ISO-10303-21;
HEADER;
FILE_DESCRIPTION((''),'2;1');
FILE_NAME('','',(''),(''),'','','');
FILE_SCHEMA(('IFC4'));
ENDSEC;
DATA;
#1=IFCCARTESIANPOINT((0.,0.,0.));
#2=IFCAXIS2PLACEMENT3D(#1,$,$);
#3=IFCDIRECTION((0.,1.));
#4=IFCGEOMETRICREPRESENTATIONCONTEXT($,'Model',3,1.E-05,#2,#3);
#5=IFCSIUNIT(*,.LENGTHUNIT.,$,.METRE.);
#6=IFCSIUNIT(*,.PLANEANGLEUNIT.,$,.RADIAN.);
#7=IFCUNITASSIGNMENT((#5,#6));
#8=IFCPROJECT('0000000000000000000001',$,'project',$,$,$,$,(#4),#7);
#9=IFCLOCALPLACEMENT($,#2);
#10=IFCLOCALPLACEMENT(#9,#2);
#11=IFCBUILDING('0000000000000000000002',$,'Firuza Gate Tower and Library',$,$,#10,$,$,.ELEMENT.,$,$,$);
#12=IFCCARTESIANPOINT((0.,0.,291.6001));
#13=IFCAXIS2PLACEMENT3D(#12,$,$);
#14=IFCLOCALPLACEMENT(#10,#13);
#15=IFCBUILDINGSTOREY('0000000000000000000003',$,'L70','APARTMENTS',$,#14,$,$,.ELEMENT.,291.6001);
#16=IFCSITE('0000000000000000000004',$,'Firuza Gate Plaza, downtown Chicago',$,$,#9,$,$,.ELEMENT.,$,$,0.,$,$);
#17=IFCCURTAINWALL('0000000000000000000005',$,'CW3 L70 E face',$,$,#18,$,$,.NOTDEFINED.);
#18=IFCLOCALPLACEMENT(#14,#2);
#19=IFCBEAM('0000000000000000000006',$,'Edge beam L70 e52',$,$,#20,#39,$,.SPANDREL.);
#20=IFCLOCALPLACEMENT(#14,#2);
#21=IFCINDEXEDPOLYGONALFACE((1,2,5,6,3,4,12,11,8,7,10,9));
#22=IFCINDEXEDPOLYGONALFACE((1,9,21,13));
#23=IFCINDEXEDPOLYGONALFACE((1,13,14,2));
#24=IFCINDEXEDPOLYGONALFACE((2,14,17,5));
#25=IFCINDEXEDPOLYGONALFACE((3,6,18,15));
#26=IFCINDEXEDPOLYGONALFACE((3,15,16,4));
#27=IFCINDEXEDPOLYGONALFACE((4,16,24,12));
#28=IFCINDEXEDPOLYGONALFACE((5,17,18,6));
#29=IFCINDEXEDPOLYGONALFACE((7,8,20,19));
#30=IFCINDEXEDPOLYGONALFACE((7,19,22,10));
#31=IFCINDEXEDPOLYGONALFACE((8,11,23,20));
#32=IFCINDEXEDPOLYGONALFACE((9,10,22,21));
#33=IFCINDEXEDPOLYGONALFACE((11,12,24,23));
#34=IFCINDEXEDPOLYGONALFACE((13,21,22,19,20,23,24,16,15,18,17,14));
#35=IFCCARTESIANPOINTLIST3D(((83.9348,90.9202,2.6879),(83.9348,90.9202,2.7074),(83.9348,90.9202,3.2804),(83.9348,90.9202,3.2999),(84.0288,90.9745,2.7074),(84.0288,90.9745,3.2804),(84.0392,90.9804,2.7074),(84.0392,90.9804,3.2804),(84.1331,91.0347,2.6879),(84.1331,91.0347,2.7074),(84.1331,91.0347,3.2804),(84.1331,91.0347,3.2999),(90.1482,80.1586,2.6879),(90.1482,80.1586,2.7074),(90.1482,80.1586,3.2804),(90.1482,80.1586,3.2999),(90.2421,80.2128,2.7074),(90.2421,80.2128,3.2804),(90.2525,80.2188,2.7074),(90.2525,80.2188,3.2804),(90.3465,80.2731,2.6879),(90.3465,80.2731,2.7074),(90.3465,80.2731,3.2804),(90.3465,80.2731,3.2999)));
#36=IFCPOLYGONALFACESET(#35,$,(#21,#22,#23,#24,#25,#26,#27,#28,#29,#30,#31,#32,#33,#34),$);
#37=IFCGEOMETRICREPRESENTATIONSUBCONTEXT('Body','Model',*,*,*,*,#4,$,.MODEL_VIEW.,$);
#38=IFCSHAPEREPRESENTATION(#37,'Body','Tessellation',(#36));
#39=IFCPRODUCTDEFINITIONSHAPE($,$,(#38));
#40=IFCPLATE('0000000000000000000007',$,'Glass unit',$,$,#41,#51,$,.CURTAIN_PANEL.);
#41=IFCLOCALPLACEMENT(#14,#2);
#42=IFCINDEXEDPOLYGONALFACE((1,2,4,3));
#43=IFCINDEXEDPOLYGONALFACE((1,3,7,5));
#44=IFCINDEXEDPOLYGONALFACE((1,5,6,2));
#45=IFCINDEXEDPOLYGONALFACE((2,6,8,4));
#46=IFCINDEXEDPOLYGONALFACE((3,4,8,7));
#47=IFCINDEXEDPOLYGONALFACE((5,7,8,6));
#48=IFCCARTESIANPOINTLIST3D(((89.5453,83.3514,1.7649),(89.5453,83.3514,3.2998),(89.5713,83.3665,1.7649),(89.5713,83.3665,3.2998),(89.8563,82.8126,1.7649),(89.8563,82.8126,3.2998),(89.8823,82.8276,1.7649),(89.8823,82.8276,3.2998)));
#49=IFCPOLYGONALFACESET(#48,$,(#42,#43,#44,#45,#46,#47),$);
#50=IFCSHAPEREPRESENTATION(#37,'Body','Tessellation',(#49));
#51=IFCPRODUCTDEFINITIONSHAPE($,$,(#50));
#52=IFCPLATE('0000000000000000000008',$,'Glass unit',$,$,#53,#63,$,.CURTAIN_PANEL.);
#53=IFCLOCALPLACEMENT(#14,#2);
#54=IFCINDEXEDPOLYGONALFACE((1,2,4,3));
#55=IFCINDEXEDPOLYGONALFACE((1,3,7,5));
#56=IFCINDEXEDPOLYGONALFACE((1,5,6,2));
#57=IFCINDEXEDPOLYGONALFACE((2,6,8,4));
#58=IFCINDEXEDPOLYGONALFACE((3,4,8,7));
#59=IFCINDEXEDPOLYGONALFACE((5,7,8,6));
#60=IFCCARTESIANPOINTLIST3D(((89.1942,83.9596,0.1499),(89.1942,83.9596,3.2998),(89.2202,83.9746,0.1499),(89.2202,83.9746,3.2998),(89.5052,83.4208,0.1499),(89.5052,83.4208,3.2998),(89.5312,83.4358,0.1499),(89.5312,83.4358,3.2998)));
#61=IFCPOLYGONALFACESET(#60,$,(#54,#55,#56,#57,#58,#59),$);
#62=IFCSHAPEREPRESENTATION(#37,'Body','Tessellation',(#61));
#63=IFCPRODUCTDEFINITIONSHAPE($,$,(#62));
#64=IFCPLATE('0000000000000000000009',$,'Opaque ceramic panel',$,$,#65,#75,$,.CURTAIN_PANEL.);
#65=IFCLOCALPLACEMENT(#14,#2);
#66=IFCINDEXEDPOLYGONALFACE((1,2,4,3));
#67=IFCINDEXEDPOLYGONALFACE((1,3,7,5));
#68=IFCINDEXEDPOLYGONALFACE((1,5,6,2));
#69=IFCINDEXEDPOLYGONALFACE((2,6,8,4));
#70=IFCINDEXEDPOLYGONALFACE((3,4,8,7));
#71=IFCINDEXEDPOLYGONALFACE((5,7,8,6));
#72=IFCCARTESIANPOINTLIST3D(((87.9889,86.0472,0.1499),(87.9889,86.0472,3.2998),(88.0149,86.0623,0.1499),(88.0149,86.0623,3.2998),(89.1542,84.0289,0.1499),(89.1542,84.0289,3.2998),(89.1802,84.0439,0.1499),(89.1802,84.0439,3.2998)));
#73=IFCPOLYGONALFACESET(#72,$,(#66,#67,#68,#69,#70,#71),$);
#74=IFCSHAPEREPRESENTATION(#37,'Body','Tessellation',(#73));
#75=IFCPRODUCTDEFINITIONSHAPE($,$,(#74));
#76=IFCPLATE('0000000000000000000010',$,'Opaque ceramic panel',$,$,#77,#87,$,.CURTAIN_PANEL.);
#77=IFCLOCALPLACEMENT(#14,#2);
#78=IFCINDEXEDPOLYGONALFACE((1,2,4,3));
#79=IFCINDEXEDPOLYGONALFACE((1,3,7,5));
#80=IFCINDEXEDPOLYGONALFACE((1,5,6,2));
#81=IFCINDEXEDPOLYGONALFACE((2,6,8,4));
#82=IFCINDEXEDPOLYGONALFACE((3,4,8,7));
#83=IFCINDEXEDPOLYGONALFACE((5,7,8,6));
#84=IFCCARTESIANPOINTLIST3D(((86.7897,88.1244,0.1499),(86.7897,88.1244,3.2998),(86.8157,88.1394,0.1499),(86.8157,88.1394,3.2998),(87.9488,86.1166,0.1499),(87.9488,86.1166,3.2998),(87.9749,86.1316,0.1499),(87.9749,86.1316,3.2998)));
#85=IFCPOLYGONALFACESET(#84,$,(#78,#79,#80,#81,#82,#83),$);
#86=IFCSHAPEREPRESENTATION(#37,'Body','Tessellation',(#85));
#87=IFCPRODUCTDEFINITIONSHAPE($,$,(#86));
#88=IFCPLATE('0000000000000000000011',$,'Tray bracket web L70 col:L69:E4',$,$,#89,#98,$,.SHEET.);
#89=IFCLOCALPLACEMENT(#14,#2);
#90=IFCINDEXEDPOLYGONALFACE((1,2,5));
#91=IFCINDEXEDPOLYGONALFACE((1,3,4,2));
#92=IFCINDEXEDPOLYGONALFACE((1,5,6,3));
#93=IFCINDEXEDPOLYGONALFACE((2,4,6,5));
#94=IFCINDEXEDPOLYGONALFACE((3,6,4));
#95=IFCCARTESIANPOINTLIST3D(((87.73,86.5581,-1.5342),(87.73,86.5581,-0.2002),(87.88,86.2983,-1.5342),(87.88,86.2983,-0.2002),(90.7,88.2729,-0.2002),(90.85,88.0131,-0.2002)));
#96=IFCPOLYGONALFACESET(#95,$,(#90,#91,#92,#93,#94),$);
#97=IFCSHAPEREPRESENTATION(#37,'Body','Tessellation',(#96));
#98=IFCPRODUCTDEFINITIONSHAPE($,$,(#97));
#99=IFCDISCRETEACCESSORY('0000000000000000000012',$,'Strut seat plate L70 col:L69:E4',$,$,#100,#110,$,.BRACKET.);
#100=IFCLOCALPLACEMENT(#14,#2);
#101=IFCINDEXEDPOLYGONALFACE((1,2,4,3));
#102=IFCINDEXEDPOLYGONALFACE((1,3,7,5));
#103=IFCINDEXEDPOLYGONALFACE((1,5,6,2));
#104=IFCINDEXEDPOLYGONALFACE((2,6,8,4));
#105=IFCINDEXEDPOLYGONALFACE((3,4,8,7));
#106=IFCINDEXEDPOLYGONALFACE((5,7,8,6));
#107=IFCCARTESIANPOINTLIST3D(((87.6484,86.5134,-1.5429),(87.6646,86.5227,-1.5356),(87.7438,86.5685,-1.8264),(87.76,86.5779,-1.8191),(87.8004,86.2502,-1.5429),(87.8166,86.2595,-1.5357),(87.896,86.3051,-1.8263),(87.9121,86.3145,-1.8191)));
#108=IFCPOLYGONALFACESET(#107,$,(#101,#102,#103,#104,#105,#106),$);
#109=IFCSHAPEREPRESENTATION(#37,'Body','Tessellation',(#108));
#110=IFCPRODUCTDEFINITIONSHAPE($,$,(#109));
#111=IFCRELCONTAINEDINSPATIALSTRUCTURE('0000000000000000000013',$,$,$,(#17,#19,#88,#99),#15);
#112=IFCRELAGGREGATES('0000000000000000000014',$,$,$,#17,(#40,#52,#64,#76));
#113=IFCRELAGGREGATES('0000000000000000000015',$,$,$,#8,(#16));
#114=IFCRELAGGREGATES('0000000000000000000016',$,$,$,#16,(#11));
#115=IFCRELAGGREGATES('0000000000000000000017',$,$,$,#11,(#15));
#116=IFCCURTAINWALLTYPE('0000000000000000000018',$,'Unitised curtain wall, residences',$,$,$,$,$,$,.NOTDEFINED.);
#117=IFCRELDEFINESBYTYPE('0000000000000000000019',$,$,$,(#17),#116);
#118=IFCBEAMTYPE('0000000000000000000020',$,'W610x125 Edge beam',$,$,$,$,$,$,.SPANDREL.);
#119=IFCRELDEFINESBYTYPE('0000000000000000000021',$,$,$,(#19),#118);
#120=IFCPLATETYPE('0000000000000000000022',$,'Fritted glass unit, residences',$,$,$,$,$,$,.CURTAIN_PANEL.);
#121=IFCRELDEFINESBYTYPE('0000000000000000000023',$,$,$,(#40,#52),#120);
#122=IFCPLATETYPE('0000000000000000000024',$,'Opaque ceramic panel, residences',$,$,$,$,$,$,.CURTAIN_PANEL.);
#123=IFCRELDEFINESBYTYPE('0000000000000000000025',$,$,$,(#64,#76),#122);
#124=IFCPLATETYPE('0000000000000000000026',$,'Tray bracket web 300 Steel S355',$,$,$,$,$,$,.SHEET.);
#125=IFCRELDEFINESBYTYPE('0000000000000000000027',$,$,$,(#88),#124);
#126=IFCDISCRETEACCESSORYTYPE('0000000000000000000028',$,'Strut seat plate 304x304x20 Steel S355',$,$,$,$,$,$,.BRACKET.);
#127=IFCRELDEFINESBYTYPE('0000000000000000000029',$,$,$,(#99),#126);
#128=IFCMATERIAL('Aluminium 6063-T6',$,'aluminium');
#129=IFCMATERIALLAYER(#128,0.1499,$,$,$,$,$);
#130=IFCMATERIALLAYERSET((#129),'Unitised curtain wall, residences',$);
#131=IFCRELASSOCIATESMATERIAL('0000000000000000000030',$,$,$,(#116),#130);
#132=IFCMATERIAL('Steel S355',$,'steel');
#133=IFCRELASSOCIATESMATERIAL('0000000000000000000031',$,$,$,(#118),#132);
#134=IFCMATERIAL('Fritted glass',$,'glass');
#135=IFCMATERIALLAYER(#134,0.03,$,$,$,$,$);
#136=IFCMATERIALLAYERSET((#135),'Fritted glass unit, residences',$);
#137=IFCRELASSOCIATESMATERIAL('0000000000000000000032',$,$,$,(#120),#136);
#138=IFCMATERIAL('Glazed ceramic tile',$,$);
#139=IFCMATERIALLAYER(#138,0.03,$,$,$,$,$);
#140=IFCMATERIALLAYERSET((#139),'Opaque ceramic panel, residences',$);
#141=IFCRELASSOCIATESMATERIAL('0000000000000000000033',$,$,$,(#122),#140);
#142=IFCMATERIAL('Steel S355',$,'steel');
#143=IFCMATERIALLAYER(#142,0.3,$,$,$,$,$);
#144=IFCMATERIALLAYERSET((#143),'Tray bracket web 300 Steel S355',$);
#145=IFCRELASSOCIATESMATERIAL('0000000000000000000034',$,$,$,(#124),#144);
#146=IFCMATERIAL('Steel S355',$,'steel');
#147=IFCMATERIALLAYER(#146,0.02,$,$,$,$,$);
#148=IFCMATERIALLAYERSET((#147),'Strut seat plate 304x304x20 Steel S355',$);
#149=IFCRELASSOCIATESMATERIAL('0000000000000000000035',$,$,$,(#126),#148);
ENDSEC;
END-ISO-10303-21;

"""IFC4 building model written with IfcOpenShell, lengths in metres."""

from ifc_helpers import new_model, si_unit, direction, frame, origin, origin_2d, place, context, subcontext, project, spatial, polyline, i_section, outline, extrude, material, layer, layer_set, material_profile, profile_set, type_object, element, aggregate, save


model = new_model("IFC4")

# Units and contexts
model_context = context("Model", 3, precision=1e-05, world=origin(), true_north=direction((0.0, 1.0)))
body_context = subcontext(model_context, "Body", "Model", "MODEL_VIEW")
ifc_project = project(units=[si_unit("LENGTHUNIT", "METRE"), si_unit("PLANEANGLEUNIT", "RADIAN")], contexts=[model_context])

# Site, building, storey
site_placement = place(None, origin())
site = spatial("IfcSite", under=ifc_project, at=site_placement, Name="Firuza Gate Plaza, downtown Chicago", CompositionType="ELEMENT", RefElevation=0.0)
building_placement = place(site_placement, origin())
building = spatial("IfcBuilding", under=site, at=building_placement, Name="Firuza Gate Tower and Library", CompositionType="ELEMENT")
storey_placement = place(building_placement, frame((0.0, 0.0, 291.6001)))
storey = spatial("IfcBuildingStorey", under=building, at=storey_placement, Name="L70", Description="APARTMENTS", CompositionType="ELEMENT", Elevation=291.6001)

# Curtain wall
ifc_material_1 = material(Name="Aluminium 6063-T6", Category="aluminium")
ifc_layer_1 = layer(ifc_material_1, 0.1499)
ifc_layer_set_1 = layer_set([ifc_layer_1], Name="Unitised curtain wall, residences")
curtain_wall_type = type_object("IfcCurtainWallType", Name="Unitised curtain wall, residences", PredefinedType="NOTDEFINED", material=ifc_layer_set_1)
curtain_wall_placement = place(storey_placement, origin())
curtain_wall = element("IfcCurtainWall", 1, at=curtain_wall_placement, inside=storey, type_object=curtain_wall_type, Name="CW3 L70 E face", PredefinedType="NOTDEFINED")

# Beam
ifc_material_2 = material(Name="Steel S355", Category="steel")
ifc_material_profile_1 = material_profile(ifc_material_2, i_section(OverallWidth=0.229, OverallDepth=0.6121, WebThickness=0.012, FlangeThickness=0.0195, at=origin_2d()))
ifc_profile_set_1 = profile_set([ifc_material_profile_1], Name="Steel S355")
beam_type = type_object("IfcBeamType", Name="W610x125 Edge beam", PredefinedType="SPANDREL", material=ifc_profile_set_1)
beam_placement = place(storey_placement, frame((90.2473, 80.2158, 2.9939), z_axis=(-0.500006, 0.866022, 0.0), x_axis=(-0.866022, -0.500006, 0.0)))
element("IfcBeam", 2, at=beam_placement, inside=storey, type_object=beam_type, Name="Edge beam L70 e52", PredefinedType="SPANDREL", context=body_context, shape_type="SweptSolid", body=[
    extrude(i_section(OverallWidth=0.229, OverallDepth=0.6121, WebThickness=0.012, FlangeThickness=0.0195, at=origin_2d()), origin(), (0.0, 0.0, 1.0), 12.4265),
])

# Plates
ifc_material_3 = material(Name="Fritted glass", Category="glass")
ifc_layer_2 = layer(ifc_material_3, 0.03)
ifc_layer_set_2 = layer_set([ifc_layer_2], Name="Fritted glass unit, residences")
plate_type_1 = type_object("IfcPlateType", Name="Fritted glass unit, residences", PredefinedType="CURTAIN_PANEL", material=ifc_layer_set_2)
plate_1_placement = place(storey_placement, frame((89.8823, 82.8276, 1.7649), z_axis=(0.866061, 0.499938, 0.0), x_axis=(-0.499938, 0.866061, 0.0)))
plate_1 = element("IfcPlate", 3, at=plate_1_placement, type_object=plate_type_1, Name="Glass unit", PredefinedType="CURTAIN_PANEL", context=body_context, shape_type="SweptSolid", body=[
    extrude(outline(polyline([(0.0, 0.0), (0.6221, 0.0), (0.6221, 1.5349), (0.0, 1.5349), (0.0, 0.0)])), origin(), (0.0, 0.0, -1.0), 0.03),
])
plate_2_placement = place(storey_placement, frame((89.5312, 83.4358, 0.1499), z_axis=(0.866061, 0.499938, 0.0), x_axis=(-0.499938, 0.866061, 0.0)))
plate_2 = element("IfcPlate", 4, at=plate_2_placement, type_object=plate_type_1, Name="Glass unit", PredefinedType="CURTAIN_PANEL", context=body_context, shape_type="SweptSolid", body=[
    extrude(outline(polyline([(0.0, 0.0), (0.6221, 0.0), (0.6221, 3.1499), (0.0, 3.1499), (0.0, 0.0)])), origin(), (0.0, 0.0, -1.0), 0.03),
])
ifc_material_4 = material(Name="Glazed ceramic tile")
ifc_layer_3 = layer(ifc_material_4, 0.03)
ifc_layer_set_3 = layer_set([ifc_layer_3], Name="Opaque ceramic panel, residences")
plate_type_2 = type_object("IfcPlateType", Name="Opaque ceramic panel, residences", PredefinedType="CURTAIN_PANEL", material=ifc_layer_set_3)
plate_3_placement = place(storey_placement, frame((89.1802, 84.0439, 0.1499), z_axis=(0.866023, 0.500004, 0.0), x_axis=(-0.500004, 0.866023, 0.0)))
plate_3 = element("IfcPlate", 5, at=plate_3_placement, type_object=plate_type_2, Name="Opaque ceramic panel", PredefinedType="CURTAIN_PANEL", context=body_context, shape_type="SweptSolid", body=[
    extrude(outline(polyline([(0.0, 0.0), (2.3305, 0.0), (2.3305, 3.1499), (0.0, 3.1499), (0.0, 0.0)])), origin(), (0.0, 0.0, -1.0), 0.03),
])
plate_4_placement = place(storey_placement, frame((87.9749, 86.1316, 0.1499), z_axis=(0.866031, 0.49999, 0.0), x_axis=(-0.49999, 0.866031, 0.0)))
plate_4 = element("IfcPlate", 6, at=plate_4_placement, type_object=plate_type_2, Name="Opaque ceramic panel", PredefinedType="CURTAIN_PANEL", context=body_context, shape_type="SweptSolid", body=[
    extrude(outline(polyline([(0.0, 0.0), (2.3184, 0.0), (2.3184, 3.1499), (0.0, 3.1499), (0.0, 0.0)])), origin(), (0.0, 0.0, -1.0), 0.03),
])
aggregate(curtain_wall, [plate_1, plate_2, plate_3, plate_4])
ifc_material_5 = material(Name="Steel S355", Category="steel")
ifc_layer_4 = layer(ifc_material_5, 0.3)
ifc_layer_set_4 = layer_set([ifc_layer_4], Name="Tray bracket web 300 Steel S355")
plate_type_3 = type_object("IfcPlateType", Name="Tray bracket web 300 Steel S355", PredefinedType="SHEET", material=ifc_layer_set_4)
plate_5_placement = place(storey_placement, frame((87.73, 86.5581, -0.2002), z_axis=(-0.500029, 0.866009, 0.0), x_axis=(0.866009, 0.500029, 0.0)))
element("IfcPlate", 7, at=plate_5_placement, inside=storey, type_object=plate_type_3, Name="Tray bracket web L70 col:L69:E4", PredefinedType="SHEET", context=body_context, shape_type="SweptSolid", body=[
    extrude(outline(polyline([(0.0, 0.0), (3.4295, 0.0), (0.0, 1.334), (0.0, 0.0)])), origin(), (0.0, 0.0, -1.0), 0.3),
])

# Discrete accessory
ifc_material_6 = material(Name="Steel S355", Category="steel")
ifc_layer_5 = layer(ifc_material_6, 0.02)
ifc_layer_set_5 = layer_set([ifc_layer_5], Name="Strut seat plate 304x304x20 Steel S355")
discrete_accessory_type = type_object("IfcDiscreteAccessoryType", Name="Strut seat plate 304x304x20 Steel S355", PredefinedType="BRACKET", material=ifc_layer_set_5)
discrete_accessory_placement = place(storey_placement, frame((87.6646, 86.5227, -1.5356), z_axis=(0.807065, 0.466204, 0.362353), x_axis=(0.50022, -0.865898, -0.000068)))
element("IfcDiscreteAccessory", 8, at=discrete_accessory_placement, inside=storey, type_object=discrete_accessory_type, Name="Strut seat plate L70 col:L69:E4", PredefinedType="BRACKET", context=body_context, shape_type="SweptSolid", body=[
    extrude(outline(polyline([(0.0, 0.0), (0.304, 0.0), (0.3042, 0.3041), (0.0, 0.3041), (0.0, 0.0)])), origin(), (0.0, 0.0, -1.0), 0.02),
])

save(model, "model.ifc")
